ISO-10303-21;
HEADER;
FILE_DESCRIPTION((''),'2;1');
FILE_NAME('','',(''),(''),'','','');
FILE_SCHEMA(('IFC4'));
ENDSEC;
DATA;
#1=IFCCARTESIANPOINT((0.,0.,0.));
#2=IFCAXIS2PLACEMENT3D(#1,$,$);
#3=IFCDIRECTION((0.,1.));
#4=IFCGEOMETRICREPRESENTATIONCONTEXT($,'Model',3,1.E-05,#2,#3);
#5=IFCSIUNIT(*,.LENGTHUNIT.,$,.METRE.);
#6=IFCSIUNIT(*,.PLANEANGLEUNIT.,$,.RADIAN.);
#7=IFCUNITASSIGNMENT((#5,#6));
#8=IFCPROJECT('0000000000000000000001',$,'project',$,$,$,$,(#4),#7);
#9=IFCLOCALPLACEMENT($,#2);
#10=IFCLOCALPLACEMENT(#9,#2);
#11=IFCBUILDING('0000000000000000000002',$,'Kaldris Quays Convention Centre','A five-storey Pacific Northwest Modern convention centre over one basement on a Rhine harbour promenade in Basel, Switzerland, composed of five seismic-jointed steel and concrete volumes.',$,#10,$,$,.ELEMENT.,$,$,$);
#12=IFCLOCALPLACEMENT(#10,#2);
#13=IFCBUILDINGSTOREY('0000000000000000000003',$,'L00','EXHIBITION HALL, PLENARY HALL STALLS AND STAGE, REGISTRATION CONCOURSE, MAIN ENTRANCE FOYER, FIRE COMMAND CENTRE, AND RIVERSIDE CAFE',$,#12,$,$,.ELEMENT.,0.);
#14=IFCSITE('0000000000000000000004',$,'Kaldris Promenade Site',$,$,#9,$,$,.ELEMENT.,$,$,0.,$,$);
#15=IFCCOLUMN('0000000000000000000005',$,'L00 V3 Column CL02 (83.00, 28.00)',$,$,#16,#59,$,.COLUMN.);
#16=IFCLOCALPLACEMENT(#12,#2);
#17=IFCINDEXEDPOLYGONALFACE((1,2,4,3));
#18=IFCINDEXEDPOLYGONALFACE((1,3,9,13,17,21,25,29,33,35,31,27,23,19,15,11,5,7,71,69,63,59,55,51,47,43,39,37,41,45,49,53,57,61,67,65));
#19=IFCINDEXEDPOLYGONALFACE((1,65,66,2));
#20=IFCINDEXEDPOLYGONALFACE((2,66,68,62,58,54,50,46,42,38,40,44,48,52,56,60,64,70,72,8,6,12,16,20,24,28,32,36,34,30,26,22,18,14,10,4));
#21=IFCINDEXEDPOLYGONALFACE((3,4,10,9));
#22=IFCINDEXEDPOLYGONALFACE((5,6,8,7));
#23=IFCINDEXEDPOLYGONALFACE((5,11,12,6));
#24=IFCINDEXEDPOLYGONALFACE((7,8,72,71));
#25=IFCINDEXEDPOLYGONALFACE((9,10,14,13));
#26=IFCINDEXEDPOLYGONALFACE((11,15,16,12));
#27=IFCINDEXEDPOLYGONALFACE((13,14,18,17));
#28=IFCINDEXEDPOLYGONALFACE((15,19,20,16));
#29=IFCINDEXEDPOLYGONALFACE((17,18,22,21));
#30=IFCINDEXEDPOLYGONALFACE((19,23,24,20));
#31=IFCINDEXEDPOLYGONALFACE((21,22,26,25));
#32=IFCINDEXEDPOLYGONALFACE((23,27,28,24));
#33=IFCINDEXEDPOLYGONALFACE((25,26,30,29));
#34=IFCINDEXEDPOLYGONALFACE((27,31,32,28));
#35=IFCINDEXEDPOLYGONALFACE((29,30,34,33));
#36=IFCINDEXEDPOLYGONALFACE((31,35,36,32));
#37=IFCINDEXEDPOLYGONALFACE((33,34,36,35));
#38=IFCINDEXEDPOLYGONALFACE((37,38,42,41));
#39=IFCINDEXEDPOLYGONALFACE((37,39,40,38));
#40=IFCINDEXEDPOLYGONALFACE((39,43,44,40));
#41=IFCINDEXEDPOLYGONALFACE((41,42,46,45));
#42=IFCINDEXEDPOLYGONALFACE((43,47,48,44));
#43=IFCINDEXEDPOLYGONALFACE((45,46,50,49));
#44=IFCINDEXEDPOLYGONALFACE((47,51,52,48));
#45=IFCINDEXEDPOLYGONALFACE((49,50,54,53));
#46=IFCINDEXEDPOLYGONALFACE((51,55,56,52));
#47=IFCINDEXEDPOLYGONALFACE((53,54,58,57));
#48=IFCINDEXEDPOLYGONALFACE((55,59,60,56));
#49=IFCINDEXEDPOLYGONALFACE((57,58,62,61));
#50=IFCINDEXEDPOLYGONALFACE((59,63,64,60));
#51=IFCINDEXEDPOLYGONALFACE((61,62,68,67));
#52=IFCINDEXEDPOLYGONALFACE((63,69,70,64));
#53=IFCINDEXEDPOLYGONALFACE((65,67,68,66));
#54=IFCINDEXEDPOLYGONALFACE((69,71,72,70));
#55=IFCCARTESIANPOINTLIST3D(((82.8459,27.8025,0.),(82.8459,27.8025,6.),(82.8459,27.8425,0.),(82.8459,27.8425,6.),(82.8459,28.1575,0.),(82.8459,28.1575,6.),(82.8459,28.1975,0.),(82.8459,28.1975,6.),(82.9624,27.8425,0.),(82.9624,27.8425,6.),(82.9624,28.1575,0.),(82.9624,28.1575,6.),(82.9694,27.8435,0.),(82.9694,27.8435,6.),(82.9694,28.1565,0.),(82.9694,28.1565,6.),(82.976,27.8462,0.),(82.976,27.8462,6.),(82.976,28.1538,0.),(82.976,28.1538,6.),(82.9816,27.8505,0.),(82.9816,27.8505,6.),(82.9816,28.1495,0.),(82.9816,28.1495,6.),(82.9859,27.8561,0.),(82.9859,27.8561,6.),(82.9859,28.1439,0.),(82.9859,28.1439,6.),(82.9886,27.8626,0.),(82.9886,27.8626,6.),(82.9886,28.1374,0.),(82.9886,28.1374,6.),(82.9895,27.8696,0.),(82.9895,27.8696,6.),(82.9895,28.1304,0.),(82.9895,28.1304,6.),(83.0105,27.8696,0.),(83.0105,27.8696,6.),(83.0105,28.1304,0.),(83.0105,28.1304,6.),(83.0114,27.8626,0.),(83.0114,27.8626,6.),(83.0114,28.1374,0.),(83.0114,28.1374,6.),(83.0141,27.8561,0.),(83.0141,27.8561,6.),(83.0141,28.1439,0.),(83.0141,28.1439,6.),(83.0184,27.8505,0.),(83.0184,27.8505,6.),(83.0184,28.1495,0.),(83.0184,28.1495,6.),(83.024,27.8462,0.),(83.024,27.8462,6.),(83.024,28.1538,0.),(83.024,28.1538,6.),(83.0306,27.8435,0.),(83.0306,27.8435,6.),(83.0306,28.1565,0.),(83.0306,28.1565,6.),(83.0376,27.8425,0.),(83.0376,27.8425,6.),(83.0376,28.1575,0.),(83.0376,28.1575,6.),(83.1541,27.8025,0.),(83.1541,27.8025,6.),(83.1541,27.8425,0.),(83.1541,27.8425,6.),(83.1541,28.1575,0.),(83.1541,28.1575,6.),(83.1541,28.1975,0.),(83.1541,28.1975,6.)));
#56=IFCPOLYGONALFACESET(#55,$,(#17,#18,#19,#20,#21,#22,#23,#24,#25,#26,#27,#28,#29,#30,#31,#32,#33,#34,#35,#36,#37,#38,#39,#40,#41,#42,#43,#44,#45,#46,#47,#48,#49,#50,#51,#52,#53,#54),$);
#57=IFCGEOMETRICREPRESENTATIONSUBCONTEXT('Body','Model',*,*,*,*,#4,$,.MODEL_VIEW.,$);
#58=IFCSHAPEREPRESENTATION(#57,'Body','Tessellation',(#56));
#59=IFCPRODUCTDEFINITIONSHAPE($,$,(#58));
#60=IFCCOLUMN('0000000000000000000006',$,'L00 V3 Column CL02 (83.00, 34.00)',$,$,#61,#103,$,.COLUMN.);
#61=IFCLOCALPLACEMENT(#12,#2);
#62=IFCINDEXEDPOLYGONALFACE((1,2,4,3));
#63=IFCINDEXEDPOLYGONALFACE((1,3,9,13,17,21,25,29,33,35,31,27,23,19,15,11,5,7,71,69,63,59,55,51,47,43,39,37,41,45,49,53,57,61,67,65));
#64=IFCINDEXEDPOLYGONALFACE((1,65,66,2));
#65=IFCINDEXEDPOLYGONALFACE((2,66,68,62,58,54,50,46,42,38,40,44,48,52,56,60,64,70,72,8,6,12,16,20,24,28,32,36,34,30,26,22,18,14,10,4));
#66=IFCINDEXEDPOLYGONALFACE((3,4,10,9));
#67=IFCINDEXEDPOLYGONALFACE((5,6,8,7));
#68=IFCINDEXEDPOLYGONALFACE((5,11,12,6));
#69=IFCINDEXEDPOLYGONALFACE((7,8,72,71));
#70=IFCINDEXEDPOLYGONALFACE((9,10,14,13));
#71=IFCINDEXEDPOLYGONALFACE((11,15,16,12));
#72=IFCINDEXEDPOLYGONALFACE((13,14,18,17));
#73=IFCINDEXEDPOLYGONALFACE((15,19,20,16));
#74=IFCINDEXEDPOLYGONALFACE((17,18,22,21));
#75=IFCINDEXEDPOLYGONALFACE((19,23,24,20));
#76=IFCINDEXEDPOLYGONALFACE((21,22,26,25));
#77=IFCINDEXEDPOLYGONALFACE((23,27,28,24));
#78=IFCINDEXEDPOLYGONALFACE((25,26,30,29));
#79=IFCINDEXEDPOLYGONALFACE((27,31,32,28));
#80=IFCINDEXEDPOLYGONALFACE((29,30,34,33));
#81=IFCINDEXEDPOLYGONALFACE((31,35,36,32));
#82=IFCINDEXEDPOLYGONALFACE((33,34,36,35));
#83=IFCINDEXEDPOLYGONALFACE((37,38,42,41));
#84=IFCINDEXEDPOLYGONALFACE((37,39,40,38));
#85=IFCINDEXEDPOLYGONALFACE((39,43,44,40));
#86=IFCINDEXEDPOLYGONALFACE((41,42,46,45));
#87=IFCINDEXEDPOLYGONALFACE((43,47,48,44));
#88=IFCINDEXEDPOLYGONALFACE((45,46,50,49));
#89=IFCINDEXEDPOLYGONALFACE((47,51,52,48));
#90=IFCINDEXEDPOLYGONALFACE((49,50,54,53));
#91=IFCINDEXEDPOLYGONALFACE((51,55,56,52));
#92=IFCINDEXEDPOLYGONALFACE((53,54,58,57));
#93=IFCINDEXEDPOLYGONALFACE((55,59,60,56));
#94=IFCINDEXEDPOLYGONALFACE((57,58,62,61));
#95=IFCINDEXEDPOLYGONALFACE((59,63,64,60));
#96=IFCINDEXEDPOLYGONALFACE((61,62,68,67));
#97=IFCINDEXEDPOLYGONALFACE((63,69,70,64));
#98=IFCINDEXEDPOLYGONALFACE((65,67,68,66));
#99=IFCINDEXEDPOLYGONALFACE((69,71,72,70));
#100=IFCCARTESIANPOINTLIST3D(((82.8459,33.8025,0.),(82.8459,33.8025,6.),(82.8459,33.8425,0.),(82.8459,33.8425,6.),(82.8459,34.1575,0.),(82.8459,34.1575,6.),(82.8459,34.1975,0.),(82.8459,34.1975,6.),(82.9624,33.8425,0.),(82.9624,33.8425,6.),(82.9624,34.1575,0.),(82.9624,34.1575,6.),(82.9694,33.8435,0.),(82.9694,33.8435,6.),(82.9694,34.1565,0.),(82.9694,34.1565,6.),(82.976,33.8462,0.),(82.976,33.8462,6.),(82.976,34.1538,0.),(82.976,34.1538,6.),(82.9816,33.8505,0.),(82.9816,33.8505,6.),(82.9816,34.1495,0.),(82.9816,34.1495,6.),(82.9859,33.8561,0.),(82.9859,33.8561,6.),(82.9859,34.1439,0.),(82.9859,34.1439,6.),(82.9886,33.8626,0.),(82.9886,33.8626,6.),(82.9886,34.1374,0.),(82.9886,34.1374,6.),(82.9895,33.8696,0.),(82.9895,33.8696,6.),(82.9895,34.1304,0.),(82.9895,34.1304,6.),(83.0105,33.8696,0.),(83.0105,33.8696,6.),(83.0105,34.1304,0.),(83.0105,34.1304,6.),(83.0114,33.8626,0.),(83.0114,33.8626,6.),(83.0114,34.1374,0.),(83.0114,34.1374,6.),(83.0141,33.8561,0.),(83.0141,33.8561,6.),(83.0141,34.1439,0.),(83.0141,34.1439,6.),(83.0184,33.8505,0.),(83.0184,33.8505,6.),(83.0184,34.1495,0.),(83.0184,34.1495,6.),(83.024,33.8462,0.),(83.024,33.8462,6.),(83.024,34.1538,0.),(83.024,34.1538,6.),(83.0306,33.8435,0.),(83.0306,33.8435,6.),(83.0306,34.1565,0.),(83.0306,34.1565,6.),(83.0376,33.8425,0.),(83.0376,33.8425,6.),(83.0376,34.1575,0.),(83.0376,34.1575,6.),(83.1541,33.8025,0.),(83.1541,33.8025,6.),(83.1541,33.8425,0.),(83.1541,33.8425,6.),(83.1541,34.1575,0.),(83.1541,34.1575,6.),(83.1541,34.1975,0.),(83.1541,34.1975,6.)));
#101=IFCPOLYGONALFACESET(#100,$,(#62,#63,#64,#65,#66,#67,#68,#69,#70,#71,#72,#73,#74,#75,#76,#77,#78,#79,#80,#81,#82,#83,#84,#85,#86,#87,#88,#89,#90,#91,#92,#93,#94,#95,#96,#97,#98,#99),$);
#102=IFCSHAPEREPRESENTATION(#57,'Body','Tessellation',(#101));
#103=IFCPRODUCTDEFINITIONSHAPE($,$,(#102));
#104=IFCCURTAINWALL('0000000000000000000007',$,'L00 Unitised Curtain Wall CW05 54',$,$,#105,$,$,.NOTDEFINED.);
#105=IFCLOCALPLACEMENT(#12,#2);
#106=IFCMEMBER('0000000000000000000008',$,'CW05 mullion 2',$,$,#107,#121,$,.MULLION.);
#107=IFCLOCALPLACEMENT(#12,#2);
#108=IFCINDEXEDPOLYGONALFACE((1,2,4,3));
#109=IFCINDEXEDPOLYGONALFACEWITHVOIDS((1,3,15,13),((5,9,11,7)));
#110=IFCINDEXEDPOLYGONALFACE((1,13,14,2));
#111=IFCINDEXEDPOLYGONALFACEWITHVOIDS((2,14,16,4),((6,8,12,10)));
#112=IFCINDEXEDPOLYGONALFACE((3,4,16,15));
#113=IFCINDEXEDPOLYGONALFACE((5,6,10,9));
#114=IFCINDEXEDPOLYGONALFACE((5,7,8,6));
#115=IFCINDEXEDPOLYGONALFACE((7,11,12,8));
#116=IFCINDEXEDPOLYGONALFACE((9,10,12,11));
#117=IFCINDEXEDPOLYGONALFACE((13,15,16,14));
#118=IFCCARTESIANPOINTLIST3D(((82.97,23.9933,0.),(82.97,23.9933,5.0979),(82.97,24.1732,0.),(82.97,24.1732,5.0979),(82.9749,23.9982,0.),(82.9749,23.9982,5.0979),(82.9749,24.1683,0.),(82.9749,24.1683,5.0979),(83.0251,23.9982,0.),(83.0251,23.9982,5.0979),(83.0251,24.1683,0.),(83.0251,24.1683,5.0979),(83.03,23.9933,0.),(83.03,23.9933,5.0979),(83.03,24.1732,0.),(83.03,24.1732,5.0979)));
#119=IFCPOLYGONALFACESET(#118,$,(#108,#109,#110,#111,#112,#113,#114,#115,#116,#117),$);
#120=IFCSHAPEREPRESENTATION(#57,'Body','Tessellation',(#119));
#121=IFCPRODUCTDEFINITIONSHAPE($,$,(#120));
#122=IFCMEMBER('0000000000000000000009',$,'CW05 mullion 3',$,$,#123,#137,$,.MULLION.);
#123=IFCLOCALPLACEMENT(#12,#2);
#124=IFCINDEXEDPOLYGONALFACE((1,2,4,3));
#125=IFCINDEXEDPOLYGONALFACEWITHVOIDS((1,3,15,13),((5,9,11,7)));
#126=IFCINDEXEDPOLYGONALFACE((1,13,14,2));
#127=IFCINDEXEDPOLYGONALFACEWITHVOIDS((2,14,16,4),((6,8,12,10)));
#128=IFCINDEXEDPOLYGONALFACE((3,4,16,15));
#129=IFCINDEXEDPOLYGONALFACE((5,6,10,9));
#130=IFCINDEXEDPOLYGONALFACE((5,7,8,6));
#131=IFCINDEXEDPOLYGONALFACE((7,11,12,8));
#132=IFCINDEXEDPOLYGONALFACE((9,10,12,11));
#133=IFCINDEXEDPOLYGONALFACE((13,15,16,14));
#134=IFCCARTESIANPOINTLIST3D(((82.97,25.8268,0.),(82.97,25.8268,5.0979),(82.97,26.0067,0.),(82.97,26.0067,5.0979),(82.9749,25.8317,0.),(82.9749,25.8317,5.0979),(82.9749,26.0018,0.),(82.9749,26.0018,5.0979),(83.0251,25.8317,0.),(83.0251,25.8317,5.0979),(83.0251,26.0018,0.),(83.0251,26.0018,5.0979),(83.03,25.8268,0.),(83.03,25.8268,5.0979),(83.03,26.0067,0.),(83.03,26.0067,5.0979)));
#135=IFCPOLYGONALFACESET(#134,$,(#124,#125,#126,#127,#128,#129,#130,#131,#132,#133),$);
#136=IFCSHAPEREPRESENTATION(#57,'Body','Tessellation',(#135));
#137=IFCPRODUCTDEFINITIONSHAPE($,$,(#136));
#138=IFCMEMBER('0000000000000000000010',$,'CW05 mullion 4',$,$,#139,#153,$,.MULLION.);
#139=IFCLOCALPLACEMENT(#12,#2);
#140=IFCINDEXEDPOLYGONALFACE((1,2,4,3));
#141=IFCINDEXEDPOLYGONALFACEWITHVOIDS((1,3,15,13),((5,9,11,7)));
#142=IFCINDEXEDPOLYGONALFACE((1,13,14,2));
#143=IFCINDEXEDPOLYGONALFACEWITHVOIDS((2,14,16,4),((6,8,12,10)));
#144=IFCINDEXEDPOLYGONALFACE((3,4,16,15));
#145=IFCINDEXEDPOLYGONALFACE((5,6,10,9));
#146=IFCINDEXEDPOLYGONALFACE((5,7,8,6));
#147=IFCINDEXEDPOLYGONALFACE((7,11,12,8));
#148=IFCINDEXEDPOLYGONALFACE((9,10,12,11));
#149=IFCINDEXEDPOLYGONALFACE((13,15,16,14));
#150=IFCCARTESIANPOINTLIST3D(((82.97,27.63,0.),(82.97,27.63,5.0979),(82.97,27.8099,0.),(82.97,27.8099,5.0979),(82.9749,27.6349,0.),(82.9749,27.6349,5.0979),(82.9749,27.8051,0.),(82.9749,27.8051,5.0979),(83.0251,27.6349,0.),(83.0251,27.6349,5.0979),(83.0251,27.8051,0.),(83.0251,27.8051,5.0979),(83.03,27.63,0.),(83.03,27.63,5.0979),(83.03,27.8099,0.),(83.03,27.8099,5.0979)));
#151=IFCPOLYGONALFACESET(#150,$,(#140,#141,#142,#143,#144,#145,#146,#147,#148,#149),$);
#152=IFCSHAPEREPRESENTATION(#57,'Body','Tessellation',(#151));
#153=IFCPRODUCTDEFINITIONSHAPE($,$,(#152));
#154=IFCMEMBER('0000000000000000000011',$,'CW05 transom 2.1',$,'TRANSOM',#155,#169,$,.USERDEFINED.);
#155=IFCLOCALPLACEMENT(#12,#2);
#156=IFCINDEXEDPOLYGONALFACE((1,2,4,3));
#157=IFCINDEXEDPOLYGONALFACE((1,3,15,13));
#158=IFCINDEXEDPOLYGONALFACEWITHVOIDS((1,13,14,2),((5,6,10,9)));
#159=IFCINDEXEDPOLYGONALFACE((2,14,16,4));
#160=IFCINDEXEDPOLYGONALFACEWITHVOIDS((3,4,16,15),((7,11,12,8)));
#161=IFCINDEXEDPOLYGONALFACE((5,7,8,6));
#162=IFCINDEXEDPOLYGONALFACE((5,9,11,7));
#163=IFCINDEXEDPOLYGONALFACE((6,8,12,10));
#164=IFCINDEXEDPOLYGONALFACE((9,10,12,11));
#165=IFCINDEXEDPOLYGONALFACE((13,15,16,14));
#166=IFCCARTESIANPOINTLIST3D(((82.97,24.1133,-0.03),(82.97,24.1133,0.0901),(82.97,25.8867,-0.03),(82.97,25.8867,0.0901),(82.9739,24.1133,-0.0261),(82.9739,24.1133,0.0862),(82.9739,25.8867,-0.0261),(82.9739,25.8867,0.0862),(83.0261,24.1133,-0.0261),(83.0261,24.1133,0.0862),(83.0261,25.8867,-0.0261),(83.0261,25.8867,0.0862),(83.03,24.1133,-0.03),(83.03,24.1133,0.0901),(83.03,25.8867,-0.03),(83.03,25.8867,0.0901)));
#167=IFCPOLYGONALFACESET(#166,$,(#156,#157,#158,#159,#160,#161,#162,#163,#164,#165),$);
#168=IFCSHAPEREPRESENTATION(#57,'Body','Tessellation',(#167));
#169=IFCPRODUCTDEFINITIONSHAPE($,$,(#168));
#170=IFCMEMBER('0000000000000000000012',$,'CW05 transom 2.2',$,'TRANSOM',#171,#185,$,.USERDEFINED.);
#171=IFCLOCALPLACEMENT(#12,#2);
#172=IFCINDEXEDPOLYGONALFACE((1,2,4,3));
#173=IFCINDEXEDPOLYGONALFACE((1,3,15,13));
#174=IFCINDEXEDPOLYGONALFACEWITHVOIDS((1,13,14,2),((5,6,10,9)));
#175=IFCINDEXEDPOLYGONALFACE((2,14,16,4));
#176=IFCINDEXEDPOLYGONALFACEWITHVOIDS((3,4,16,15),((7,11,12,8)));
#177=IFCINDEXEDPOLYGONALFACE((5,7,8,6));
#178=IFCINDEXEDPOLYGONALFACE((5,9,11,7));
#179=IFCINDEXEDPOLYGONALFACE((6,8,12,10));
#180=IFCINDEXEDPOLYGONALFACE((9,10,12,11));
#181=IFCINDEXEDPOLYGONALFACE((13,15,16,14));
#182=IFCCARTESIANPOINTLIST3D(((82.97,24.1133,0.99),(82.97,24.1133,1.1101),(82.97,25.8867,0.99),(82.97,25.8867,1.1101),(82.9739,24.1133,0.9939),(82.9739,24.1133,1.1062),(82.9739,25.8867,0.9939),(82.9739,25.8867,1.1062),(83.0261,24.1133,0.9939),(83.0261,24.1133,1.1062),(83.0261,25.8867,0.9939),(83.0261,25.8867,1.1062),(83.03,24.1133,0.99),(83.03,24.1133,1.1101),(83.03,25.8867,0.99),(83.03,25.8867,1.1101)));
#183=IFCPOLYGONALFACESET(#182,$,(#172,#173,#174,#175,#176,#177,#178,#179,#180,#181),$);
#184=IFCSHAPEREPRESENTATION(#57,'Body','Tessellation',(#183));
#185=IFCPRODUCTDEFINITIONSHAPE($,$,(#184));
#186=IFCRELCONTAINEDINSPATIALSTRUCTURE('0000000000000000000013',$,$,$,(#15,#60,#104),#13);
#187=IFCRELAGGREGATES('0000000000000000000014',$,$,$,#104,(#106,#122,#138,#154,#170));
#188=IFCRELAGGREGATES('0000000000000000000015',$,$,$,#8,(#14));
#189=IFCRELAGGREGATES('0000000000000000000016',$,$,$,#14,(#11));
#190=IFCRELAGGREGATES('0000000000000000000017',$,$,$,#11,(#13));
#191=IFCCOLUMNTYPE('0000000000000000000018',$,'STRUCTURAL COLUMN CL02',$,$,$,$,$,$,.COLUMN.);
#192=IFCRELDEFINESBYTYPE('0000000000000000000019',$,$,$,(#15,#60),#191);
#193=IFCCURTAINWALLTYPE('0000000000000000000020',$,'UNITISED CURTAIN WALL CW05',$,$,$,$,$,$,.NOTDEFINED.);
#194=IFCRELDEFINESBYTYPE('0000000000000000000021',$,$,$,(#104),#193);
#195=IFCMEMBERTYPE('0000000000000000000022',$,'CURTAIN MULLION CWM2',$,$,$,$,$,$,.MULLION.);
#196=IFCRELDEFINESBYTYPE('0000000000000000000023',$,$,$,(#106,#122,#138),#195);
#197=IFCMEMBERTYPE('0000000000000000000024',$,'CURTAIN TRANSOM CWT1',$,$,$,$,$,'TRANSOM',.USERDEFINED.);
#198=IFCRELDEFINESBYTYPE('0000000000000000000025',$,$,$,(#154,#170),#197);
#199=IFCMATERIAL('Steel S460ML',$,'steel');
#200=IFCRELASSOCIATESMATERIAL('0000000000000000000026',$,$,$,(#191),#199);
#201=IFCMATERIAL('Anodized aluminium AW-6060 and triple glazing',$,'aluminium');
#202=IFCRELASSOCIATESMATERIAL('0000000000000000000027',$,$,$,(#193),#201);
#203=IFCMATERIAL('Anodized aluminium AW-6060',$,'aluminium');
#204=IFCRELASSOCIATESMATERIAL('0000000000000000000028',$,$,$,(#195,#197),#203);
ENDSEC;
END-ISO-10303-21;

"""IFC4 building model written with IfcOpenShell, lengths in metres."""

from ifc_helpers import new_model, si_unit, direction, frame, origin, origin_2d, place, context, subcontext, project, spatial, hollow_rectangle, i_section, extrude, material, material_profile, profile_set, type_object, element, aggregate, save


model = new_model("IFC4")

# Units and contexts
model_context = context("Model", 3, precision=1e-05, world=origin(), true_north=direction((0.0, 1.0)))
body_context = subcontext(model_context, "Body", "Model", "MODEL_VIEW")
ifc_project = project(units=[si_unit("LENGTHUNIT", "METRE"), si_unit("PLANEANGLEUNIT", "RADIAN")], contexts=[model_context])

# Site, building, storey
site_placement = place(None, origin())
site = spatial("IfcSite", under=ifc_project, at=site_placement, Name="Kaldris Promenade Site", CompositionType="ELEMENT", RefElevation=0.0)
building_placement = place(site_placement, origin())
building = spatial("IfcBuilding", under=site, at=building_placement, Name="Kaldris Quays Convention Centre", Description="A five-storey Pacific Northwest Modern convention centre over one basement on a Rhine harbour promenade in Basel, Switzerland, composed of five seismic-jointed steel and concrete volumes.", CompositionType="ELEMENT")
storey_placement = place(building_placement, origin())
storey = spatial("IfcBuildingStorey", under=building, at=storey_placement, Name="L00", Description="EXHIBITION HALL, PLENARY HALL STALLS AND STAGE, REGISTRATION CONCOURSE, MAIN ENTRANCE FOYER, FIRE COMMAND CENTRE, AND RIVERSIDE CAFE", CompositionType="ELEMENT", Elevation=0.0)

# Columns
ifc_material_1 = material(Name="Steel S460ML", Category="steel")
ifc_material_profile_1 = material_profile(ifc_material_1, i_section(OverallWidth=0.3081, OverallDepth=0.395, WebThickness=0.021, FlangeThickness=0.04, FilletRadius=0.0271, at=origin_2d()), Name="HEM 360")
ifc_profile_set_1 = profile_set([ifc_material_profile_1], Name="Steel S460ML")
column_type = type_object("IfcColumnType", Name="STRUCTURAL COLUMN CL02", PredefinedType="COLUMN", material=ifc_profile_set_1)
for number, where, z_axis, x_axis, name in (
    (1, (83.0, 28.0, 0.0), (0.0, 0.0, 1.0), (1.0, 0.0, 0.0), "L00 V3 Column CL02 (83.00, 28.00)"),
    (2, (83.0, 34.0, 0.0), (0.0, 0.0, 1.0), (1.0, 0.0, 0.0), "L00 V3 Column CL02 (83.00, 34.00)"),
):
    element("IfcColumn", number, at=place(storey_placement, frame(where, z_axis=z_axis, x_axis=x_axis)), inside=storey, type_object=column_type, Name=name, PredefinedType="COLUMN", context=body_context, shape_type="SweptSolid", body=[
        extrude(i_section(OverallWidth=0.3081, OverallDepth=0.395, WebThickness=0.021, FlangeThickness=0.04, FilletRadius=0.0271, at=origin_2d()), origin(), (0.0, 0.0, 1.0), 6.0),
    ])

# Curtain wall, members
ifc_material_2 = material(Name="Anodized aluminium AW-6060 and triple glazing", Category="aluminium")
curtain_wall_type = type_object("IfcCurtainWallType", Name="UNITISED CURTAIN WALL CW05", PredefinedType="NOTDEFINED", material=ifc_material_2)
curtain_wall_placement = place(storey_placement, origin())
curtain_wall = element("IfcCurtainWall", 3, at=curtain_wall_placement, inside=storey, type_object=curtain_wall_type, Name="L00 Unitised Curtain Wall CW05 54", PredefinedType="NOTDEFINED")
ifc_material_3 = material(Name="Anodized aluminium AW-6060", Category="aluminium")
ifc_material_profile_2 = material_profile(ifc_material_3, hollow_rectangle(XDim=0.0601, YDim=0.1799, WallThickness=0.0049, at=origin_2d()), Name="RHS 180x60x5")
ifc_profile_set_2 = profile_set([ifc_material_profile_2], Name="Anodized aluminium AW-6060")
member_type_1 = type_object("IfcMemberType", Name="CURTAIN MULLION CWM2", PredefinedType="MULLION", material=ifc_profile_set_2)
member_1_placement = place(storey_placement, frame((83.0, 24.0833, 0.0), z_axis=(0.0, 0.0, 1.0), x_axis=(-1.0, 0.0, 0.0)))
member_1 = element("IfcMember", 4, at=member_1_placement, type_object=member_type_1, Name="CW05 mullion 2", PredefinedType="MULLION", context=body_context, shape_type="SweptSolid", body=[
    extrude(hollow_rectangle(XDim=0.0601, YDim=0.1799, WallThickness=0.0049, at=origin_2d()), origin(), (0.0, 0.0, 1.0), 5.0979),
])
member_2_placement = place(storey_placement, frame((83.0, 25.9167, 0.0), z_axis=(0.0, 0.0, 1.0), x_axis=(-1.0, 0.0, 0.0)))
member_2 = element("IfcMember", 5, at=member_2_placement, type_object=member_type_1, Name="CW05 mullion 3", PredefinedType="MULLION", context=body_context, shape_type="SweptSolid", body=[
    extrude(hollow_rectangle(XDim=0.0601, YDim=0.1799, WallThickness=0.0049, at=origin_2d()), origin(), (0.0, 0.0, 1.0), 5.0979),
])
member_3_placement = place(storey_placement, frame((83.0, 27.72, 0.0), z_axis=(0.0, 0.0, 1.0), x_axis=(-1.0, 0.0, 0.0)))
member_3 = element("IfcMember", 6, at=member_3_placement, type_object=member_type_1, Name="CW05 mullion 4", PredefinedType="MULLION", context=body_context, shape_type="SweptSolid", body=[
    extrude(hollow_rectangle(XDim=0.0601, YDim=0.1799, WallThickness=0.0049, at=origin_2d()), origin(), (0.0, 0.0, 1.0), 5.0979),
])
ifc_material_profile_3 = material_profile(ifc_material_3, hollow_rectangle(XDim=0.0601, YDim=0.1201, WallThickness=0.0039, at=origin_2d()), Name="RHS 120x60x4")
ifc_profile_set_3 = profile_set([ifc_material_profile_3], Name="Anodized aluminium AW-6060")
member_type_2 = type_object("IfcMemberType", Name="CURTAIN TRANSOM CWT1", ElementType="TRANSOM", PredefinedType="USERDEFINED", material=ifc_profile_set_3)
member_4_placement = place(storey_placement, frame((83.0, 24.1133, 0.03), z_axis=(0.0, 1.0, 0.0), x_axis=(-1.0, 0.0, 0.0)))
member_4 = element("IfcMember", 7, at=member_4_placement, type_object=member_type_2, Name="CW05 transom 2.1", ObjectType="TRANSOM", PredefinedType="USERDEFINED", context=body_context, shape_type="SweptSolid", body=[
    extrude(hollow_rectangle(XDim=0.0601, YDim=0.1201, WallThickness=0.0039, at=origin_2d()), origin(), (0.0, 0.0, 1.0), 1.7734),
])
member_5_placement = place(storey_placement, frame((83.0, 24.1133, 1.05), z_axis=(0.0, 1.0, 0.0), x_axis=(-1.0, 0.0, 0.0)))
member_5 = element("IfcMember", 8, at=member_5_placement, type_object=member_type_2, Name="CW05 transom 2.2", ObjectType="TRANSOM", PredefinedType="USERDEFINED", context=body_context, shape_type="SweptSolid", body=[
    extrude(hollow_rectangle(XDim=0.0601, YDim=0.1201, WallThickness=0.0039, at=origin_2d()), origin(), (0.0, 0.0, 1.0), 1.7734),
])

aggregate(curtain_wall, [member_1, member_2, member_3, member_4, member_5])

save(model, "model.ifc")
